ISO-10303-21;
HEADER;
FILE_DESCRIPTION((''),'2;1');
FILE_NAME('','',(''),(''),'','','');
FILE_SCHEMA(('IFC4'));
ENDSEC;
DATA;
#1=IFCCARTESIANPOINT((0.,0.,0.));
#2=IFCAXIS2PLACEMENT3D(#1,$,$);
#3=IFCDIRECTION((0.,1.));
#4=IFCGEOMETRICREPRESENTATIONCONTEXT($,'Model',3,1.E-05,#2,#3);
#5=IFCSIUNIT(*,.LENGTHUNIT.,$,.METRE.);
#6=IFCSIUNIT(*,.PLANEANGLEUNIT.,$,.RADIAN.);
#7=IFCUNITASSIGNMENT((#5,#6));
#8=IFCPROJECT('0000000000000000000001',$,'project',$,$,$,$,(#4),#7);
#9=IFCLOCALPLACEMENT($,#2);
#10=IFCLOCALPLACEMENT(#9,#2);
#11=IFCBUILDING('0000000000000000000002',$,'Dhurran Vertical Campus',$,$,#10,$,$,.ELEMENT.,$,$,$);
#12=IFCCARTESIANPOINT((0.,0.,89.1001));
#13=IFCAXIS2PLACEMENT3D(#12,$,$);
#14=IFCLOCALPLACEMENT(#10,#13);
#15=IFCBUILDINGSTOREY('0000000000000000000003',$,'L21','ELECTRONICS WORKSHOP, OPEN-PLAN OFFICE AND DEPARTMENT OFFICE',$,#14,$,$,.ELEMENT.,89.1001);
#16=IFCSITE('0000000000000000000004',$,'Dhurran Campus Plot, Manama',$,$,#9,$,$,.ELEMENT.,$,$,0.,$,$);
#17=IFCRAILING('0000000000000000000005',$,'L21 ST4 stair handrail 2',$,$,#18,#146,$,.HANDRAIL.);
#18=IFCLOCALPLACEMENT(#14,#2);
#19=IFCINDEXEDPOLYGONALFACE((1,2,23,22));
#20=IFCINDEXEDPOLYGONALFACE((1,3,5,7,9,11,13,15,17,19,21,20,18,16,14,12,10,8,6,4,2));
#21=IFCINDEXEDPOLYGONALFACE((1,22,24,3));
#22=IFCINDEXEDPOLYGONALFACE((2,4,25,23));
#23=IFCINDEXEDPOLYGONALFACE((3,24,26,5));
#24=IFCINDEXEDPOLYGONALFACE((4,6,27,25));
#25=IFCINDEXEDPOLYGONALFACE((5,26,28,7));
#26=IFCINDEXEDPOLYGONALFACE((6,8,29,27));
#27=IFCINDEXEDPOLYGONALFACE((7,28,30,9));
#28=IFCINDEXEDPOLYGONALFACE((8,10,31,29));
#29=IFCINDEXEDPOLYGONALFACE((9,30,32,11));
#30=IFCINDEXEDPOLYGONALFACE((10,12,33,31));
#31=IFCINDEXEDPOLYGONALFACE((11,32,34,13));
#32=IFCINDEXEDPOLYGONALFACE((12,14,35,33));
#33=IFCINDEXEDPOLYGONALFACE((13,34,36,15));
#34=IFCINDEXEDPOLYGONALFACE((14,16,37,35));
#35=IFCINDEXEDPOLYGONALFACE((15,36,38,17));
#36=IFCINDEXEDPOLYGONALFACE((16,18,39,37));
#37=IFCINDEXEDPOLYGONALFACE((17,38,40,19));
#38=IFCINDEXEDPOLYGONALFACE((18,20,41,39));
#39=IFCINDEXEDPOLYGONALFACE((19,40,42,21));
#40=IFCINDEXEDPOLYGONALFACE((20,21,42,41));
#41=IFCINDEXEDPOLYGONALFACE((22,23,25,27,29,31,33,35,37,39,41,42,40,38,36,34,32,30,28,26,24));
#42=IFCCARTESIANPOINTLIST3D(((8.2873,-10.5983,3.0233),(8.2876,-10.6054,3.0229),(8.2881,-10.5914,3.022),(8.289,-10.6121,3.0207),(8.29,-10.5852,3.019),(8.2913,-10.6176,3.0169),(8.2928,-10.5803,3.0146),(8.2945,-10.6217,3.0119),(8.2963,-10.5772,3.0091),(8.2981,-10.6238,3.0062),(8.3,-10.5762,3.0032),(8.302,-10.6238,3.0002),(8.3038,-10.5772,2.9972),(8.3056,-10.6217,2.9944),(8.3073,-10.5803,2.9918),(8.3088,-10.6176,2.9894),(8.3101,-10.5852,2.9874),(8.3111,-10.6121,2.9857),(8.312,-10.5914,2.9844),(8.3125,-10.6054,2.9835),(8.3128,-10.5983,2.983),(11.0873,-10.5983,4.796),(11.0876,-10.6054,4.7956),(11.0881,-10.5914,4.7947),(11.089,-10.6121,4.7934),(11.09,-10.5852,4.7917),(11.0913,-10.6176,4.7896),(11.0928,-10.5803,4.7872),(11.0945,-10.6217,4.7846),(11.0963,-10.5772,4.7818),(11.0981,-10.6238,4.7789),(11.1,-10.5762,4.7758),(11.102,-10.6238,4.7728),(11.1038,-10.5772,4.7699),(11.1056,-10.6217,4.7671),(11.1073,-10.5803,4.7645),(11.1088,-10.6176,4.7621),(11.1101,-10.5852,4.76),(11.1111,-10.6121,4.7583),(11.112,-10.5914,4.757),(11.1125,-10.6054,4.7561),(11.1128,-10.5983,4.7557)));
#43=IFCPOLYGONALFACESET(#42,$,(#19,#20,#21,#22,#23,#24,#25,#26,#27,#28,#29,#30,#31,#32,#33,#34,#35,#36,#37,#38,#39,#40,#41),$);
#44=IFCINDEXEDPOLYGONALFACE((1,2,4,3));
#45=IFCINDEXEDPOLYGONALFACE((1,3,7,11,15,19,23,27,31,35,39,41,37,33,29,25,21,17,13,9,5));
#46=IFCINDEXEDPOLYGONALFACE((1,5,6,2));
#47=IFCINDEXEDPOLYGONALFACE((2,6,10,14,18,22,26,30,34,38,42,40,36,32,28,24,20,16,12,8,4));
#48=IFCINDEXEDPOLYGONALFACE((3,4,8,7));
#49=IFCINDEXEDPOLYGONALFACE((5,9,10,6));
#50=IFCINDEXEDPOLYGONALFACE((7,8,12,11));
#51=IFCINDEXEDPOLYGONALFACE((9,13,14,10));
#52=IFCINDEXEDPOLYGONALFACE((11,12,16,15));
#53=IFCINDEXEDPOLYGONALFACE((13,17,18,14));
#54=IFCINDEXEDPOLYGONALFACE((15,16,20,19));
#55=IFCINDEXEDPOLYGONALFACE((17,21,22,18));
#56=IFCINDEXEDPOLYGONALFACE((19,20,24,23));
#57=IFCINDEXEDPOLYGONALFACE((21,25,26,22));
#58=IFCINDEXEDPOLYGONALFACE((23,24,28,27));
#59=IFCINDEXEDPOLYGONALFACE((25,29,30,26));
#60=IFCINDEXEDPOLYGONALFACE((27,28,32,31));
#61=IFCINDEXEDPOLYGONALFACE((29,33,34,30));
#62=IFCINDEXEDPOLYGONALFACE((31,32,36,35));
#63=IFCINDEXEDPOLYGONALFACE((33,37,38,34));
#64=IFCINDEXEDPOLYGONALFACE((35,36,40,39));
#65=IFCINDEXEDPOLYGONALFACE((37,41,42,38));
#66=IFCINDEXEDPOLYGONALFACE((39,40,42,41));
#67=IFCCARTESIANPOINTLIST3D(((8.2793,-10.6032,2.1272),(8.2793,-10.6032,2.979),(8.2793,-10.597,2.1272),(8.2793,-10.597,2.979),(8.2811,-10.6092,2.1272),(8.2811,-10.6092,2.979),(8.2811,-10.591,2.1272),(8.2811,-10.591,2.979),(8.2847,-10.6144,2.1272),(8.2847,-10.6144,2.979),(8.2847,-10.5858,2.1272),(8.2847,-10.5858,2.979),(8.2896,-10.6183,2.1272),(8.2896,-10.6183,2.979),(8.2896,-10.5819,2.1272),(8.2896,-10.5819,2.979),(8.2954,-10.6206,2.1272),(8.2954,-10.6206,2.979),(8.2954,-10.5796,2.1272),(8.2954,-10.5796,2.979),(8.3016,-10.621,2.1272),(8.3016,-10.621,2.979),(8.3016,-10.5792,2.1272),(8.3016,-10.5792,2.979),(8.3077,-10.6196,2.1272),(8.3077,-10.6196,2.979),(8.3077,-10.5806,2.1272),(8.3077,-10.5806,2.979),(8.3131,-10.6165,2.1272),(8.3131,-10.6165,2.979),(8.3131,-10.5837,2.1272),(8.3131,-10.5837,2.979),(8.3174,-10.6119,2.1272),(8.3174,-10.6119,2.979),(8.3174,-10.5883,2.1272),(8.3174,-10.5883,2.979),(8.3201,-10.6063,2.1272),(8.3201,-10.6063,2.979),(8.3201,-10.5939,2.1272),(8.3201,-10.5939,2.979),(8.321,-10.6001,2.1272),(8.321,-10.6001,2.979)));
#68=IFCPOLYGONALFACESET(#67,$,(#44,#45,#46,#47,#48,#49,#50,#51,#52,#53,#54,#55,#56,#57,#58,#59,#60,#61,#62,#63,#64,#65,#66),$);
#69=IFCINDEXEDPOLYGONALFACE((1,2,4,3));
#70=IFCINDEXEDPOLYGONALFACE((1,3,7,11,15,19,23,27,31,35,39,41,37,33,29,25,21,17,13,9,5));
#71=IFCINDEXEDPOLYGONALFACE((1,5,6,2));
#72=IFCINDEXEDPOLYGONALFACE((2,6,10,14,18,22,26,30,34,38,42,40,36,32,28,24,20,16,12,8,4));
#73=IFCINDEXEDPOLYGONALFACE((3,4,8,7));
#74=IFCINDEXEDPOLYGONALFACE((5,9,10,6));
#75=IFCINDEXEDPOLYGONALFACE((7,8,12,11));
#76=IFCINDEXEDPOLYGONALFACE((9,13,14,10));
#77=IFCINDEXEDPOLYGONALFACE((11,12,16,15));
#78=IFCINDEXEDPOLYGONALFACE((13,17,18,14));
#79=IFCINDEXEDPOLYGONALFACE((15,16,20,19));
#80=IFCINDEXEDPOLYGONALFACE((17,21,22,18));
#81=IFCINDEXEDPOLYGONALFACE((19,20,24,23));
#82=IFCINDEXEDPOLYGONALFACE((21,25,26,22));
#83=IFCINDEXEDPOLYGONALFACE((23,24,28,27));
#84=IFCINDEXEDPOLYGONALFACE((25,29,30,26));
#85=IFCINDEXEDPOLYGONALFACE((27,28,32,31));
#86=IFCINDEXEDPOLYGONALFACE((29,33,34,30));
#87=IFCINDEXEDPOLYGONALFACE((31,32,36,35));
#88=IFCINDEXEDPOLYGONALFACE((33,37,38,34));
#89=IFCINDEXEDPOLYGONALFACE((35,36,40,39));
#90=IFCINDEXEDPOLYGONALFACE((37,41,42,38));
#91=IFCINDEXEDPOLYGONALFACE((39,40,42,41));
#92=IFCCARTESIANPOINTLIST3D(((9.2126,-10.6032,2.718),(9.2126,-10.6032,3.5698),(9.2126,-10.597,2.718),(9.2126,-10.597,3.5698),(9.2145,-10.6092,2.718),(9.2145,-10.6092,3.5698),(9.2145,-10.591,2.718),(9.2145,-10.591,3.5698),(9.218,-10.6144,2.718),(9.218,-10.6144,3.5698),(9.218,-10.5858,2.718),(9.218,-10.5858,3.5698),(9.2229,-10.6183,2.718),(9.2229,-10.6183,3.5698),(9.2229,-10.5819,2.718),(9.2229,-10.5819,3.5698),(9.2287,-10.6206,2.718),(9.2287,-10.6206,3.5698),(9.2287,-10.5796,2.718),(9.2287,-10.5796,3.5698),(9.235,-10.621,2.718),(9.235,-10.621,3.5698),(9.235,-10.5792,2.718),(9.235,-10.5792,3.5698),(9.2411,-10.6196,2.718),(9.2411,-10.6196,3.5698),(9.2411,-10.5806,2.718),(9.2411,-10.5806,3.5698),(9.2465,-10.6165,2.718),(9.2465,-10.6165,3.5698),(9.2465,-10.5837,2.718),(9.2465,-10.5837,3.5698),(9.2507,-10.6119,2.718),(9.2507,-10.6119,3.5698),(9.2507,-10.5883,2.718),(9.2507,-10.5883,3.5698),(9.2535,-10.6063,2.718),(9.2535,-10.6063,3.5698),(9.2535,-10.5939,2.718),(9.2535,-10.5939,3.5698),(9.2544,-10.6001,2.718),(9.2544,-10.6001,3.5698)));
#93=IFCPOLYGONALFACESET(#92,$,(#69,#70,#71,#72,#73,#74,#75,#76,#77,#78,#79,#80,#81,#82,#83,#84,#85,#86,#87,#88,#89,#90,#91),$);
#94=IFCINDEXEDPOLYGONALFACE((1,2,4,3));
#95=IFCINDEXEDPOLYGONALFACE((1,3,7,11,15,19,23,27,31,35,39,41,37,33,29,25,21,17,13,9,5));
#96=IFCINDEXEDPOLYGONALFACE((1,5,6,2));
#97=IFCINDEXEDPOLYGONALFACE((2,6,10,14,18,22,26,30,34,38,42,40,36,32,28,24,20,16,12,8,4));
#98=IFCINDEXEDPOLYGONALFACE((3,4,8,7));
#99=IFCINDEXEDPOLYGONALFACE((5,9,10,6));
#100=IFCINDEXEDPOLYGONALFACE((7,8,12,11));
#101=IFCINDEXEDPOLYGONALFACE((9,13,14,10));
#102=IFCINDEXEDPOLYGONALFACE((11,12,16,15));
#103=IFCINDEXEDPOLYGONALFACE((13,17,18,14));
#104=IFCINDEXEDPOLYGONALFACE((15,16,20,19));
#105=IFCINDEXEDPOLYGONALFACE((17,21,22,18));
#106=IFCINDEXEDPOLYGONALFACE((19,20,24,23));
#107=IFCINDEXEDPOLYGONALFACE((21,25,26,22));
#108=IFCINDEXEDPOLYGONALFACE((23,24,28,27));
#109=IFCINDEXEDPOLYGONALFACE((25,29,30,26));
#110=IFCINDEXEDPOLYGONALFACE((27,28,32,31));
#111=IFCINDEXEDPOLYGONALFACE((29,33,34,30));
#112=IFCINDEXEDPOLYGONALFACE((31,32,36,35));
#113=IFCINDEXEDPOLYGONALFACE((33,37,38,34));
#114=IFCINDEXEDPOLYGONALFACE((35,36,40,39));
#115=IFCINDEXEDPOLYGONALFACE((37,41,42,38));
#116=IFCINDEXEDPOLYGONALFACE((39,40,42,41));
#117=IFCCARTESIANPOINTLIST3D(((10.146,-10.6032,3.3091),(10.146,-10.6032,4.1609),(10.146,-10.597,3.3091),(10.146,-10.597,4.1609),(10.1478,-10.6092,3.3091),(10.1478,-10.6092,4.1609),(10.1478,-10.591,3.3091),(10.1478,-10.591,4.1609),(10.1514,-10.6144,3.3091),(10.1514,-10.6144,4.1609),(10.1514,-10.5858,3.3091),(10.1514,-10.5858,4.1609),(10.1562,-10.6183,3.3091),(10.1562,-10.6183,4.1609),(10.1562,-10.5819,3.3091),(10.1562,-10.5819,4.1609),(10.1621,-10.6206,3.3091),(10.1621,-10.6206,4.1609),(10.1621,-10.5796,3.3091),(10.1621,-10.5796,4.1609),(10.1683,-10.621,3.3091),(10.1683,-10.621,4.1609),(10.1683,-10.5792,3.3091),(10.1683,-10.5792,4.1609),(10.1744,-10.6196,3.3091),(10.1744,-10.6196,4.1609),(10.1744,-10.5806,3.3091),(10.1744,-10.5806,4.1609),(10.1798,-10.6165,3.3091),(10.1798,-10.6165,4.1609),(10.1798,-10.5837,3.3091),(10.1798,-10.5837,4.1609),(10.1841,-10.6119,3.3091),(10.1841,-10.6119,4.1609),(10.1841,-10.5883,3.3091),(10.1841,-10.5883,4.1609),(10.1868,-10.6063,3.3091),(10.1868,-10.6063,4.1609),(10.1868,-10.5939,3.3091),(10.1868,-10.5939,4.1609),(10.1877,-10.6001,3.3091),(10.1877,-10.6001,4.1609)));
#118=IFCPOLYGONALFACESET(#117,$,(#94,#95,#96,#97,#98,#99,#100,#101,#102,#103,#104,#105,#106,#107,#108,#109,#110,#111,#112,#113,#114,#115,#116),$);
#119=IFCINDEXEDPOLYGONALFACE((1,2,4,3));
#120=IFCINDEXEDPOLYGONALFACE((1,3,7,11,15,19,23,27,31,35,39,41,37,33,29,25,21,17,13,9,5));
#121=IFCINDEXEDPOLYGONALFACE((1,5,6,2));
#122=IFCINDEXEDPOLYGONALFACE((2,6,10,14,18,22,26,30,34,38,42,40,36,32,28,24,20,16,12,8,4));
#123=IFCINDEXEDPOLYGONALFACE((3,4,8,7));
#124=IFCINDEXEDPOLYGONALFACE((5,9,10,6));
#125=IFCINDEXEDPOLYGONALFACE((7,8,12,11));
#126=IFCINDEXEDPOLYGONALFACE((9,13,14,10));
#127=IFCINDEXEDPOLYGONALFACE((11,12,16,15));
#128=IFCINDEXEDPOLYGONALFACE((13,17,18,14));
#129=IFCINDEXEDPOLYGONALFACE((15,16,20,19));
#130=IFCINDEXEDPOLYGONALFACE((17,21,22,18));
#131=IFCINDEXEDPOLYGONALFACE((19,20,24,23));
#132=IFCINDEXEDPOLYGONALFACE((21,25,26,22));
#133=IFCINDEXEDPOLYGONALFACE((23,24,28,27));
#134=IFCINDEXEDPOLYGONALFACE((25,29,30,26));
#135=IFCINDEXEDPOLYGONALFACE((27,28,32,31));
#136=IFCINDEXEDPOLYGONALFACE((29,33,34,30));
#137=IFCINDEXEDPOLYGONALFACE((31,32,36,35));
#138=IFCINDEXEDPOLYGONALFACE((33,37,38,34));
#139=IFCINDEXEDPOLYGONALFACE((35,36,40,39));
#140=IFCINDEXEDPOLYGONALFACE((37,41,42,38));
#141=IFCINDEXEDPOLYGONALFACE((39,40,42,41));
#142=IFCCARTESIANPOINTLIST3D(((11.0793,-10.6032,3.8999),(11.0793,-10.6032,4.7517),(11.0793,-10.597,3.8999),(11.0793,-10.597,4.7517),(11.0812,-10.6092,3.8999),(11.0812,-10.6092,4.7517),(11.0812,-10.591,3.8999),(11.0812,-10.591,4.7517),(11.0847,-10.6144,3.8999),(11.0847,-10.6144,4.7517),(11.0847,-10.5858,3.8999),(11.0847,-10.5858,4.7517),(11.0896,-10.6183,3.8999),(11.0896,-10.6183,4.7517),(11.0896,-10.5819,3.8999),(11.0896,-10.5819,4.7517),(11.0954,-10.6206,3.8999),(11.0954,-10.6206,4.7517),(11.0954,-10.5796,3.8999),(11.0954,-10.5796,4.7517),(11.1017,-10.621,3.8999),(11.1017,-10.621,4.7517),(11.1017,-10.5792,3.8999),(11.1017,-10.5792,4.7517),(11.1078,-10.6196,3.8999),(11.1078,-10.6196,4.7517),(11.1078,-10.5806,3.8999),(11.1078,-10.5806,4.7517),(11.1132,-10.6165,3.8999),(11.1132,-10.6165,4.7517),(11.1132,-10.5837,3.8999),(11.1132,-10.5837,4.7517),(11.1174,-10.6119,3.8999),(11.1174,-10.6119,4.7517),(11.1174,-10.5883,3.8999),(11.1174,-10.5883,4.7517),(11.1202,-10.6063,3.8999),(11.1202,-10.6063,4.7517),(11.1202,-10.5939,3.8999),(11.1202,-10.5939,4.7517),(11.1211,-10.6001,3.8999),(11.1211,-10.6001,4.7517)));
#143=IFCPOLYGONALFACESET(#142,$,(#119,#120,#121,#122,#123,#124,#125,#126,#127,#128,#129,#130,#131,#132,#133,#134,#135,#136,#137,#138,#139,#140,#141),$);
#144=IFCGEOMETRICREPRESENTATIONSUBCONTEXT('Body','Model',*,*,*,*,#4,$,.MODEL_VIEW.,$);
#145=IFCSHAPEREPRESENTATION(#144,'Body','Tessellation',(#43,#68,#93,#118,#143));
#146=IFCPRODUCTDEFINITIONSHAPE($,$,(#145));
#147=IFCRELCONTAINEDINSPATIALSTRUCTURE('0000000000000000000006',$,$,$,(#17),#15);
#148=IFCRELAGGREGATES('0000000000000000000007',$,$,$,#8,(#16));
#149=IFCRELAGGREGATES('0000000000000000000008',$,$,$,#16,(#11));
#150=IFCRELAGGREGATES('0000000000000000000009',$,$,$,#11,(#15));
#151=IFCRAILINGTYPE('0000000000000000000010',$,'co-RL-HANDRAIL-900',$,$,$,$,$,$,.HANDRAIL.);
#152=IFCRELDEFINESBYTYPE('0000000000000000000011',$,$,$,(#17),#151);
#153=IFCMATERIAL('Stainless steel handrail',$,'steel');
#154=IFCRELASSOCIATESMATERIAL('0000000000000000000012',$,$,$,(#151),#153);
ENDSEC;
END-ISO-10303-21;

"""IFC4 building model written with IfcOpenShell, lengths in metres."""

from ifc_helpers import new_model, si_unit, direction, frame, origin, origin_2d, place, context, subcontext, project, spatial, circle, extrude, material, type_object, element, save


model = new_model("IFC4")

# Units and contexts
model_context = context("Model", 3, precision=1e-05, world=origin(), true_north=direction((0.0, 1.0)))
body_context = subcontext(model_context, "Body", "Model", "MODEL_VIEW")
ifc_project = project(units=[si_unit("LENGTHUNIT", "METRE"), si_unit("PLANEANGLEUNIT", "RADIAN")], contexts=[model_context])

# Site, building, storey
site_placement = place(None, origin())
site = spatial("IfcSite", under=ifc_project, at=site_placement, Name="Dhurran Campus Plot, Manama", CompositionType="ELEMENT", RefElevation=0.0)
building_placement = place(site_placement, origin())
building = spatial("IfcBuilding", under=site, at=building_placement, Name="Dhurran Vertical Campus", CompositionType="ELEMENT")
storey_placement = place(building_placement, frame((0.0, 0.0, 89.1001)))
storey = spatial("IfcBuildingStorey", under=building, at=storey_placement, Name="L21", Description="ELECTRONICS WORKSHOP, OPEN-PLAN OFFICE AND DEPARTMENT OFFICE", CompositionType="ELEMENT", Elevation=89.1001)

# Railing
ifc_material_1 = material(Name="Stainless steel handrail", Category="steel")
railing_type_1 = type_object("IfcRailingType", Name="co-RL-HANDRAIL-900", PredefinedType="HANDRAIL", material=ifc_material_1)
railing_1_placement = place(storey_placement, frame((8.3, -10.6001, 2.1272)))
element("IfcRailing", 1, at=railing_1_placement, inside=storey, type_object=railing_type_1, Name="L21 ST4 stair handrail 2", PredefinedType="HANDRAIL", context=body_context, shape_type="SweptSolid", body=[
    extrude(circle(Radius=0.0239, at=origin_2d()), frame((0.0, 0.0, 0.876), z_axis=(0.844909, 0.0, 0.53491), x_axis=(0.0, 1.0, 0.0)), (0.0, 0.0, 1.0), 3.314),
    extrude(circle(Radius=0.021, at=origin_2d()), origin(), (0.0, 0.0, 1.0), 0.8518),
    extrude(circle(Radius=0.021, at=origin_2d()), frame((0.9333, 0.0, 0.5908)), (0.0, 0.0, 1.0), 0.8518),
    extrude(circle(Radius=0.021, at=origin_2d()), frame((1.8667, 0.0, 1.1819)), (0.0, 0.0, 1.0), 0.8518),
    extrude(circle(Radius=0.021, at=origin_2d()), frame((2.8, 0.0, 1.7727)), (0.0, 0.0, 1.0), 0.8518),
])

save(model, "model.ifc")
